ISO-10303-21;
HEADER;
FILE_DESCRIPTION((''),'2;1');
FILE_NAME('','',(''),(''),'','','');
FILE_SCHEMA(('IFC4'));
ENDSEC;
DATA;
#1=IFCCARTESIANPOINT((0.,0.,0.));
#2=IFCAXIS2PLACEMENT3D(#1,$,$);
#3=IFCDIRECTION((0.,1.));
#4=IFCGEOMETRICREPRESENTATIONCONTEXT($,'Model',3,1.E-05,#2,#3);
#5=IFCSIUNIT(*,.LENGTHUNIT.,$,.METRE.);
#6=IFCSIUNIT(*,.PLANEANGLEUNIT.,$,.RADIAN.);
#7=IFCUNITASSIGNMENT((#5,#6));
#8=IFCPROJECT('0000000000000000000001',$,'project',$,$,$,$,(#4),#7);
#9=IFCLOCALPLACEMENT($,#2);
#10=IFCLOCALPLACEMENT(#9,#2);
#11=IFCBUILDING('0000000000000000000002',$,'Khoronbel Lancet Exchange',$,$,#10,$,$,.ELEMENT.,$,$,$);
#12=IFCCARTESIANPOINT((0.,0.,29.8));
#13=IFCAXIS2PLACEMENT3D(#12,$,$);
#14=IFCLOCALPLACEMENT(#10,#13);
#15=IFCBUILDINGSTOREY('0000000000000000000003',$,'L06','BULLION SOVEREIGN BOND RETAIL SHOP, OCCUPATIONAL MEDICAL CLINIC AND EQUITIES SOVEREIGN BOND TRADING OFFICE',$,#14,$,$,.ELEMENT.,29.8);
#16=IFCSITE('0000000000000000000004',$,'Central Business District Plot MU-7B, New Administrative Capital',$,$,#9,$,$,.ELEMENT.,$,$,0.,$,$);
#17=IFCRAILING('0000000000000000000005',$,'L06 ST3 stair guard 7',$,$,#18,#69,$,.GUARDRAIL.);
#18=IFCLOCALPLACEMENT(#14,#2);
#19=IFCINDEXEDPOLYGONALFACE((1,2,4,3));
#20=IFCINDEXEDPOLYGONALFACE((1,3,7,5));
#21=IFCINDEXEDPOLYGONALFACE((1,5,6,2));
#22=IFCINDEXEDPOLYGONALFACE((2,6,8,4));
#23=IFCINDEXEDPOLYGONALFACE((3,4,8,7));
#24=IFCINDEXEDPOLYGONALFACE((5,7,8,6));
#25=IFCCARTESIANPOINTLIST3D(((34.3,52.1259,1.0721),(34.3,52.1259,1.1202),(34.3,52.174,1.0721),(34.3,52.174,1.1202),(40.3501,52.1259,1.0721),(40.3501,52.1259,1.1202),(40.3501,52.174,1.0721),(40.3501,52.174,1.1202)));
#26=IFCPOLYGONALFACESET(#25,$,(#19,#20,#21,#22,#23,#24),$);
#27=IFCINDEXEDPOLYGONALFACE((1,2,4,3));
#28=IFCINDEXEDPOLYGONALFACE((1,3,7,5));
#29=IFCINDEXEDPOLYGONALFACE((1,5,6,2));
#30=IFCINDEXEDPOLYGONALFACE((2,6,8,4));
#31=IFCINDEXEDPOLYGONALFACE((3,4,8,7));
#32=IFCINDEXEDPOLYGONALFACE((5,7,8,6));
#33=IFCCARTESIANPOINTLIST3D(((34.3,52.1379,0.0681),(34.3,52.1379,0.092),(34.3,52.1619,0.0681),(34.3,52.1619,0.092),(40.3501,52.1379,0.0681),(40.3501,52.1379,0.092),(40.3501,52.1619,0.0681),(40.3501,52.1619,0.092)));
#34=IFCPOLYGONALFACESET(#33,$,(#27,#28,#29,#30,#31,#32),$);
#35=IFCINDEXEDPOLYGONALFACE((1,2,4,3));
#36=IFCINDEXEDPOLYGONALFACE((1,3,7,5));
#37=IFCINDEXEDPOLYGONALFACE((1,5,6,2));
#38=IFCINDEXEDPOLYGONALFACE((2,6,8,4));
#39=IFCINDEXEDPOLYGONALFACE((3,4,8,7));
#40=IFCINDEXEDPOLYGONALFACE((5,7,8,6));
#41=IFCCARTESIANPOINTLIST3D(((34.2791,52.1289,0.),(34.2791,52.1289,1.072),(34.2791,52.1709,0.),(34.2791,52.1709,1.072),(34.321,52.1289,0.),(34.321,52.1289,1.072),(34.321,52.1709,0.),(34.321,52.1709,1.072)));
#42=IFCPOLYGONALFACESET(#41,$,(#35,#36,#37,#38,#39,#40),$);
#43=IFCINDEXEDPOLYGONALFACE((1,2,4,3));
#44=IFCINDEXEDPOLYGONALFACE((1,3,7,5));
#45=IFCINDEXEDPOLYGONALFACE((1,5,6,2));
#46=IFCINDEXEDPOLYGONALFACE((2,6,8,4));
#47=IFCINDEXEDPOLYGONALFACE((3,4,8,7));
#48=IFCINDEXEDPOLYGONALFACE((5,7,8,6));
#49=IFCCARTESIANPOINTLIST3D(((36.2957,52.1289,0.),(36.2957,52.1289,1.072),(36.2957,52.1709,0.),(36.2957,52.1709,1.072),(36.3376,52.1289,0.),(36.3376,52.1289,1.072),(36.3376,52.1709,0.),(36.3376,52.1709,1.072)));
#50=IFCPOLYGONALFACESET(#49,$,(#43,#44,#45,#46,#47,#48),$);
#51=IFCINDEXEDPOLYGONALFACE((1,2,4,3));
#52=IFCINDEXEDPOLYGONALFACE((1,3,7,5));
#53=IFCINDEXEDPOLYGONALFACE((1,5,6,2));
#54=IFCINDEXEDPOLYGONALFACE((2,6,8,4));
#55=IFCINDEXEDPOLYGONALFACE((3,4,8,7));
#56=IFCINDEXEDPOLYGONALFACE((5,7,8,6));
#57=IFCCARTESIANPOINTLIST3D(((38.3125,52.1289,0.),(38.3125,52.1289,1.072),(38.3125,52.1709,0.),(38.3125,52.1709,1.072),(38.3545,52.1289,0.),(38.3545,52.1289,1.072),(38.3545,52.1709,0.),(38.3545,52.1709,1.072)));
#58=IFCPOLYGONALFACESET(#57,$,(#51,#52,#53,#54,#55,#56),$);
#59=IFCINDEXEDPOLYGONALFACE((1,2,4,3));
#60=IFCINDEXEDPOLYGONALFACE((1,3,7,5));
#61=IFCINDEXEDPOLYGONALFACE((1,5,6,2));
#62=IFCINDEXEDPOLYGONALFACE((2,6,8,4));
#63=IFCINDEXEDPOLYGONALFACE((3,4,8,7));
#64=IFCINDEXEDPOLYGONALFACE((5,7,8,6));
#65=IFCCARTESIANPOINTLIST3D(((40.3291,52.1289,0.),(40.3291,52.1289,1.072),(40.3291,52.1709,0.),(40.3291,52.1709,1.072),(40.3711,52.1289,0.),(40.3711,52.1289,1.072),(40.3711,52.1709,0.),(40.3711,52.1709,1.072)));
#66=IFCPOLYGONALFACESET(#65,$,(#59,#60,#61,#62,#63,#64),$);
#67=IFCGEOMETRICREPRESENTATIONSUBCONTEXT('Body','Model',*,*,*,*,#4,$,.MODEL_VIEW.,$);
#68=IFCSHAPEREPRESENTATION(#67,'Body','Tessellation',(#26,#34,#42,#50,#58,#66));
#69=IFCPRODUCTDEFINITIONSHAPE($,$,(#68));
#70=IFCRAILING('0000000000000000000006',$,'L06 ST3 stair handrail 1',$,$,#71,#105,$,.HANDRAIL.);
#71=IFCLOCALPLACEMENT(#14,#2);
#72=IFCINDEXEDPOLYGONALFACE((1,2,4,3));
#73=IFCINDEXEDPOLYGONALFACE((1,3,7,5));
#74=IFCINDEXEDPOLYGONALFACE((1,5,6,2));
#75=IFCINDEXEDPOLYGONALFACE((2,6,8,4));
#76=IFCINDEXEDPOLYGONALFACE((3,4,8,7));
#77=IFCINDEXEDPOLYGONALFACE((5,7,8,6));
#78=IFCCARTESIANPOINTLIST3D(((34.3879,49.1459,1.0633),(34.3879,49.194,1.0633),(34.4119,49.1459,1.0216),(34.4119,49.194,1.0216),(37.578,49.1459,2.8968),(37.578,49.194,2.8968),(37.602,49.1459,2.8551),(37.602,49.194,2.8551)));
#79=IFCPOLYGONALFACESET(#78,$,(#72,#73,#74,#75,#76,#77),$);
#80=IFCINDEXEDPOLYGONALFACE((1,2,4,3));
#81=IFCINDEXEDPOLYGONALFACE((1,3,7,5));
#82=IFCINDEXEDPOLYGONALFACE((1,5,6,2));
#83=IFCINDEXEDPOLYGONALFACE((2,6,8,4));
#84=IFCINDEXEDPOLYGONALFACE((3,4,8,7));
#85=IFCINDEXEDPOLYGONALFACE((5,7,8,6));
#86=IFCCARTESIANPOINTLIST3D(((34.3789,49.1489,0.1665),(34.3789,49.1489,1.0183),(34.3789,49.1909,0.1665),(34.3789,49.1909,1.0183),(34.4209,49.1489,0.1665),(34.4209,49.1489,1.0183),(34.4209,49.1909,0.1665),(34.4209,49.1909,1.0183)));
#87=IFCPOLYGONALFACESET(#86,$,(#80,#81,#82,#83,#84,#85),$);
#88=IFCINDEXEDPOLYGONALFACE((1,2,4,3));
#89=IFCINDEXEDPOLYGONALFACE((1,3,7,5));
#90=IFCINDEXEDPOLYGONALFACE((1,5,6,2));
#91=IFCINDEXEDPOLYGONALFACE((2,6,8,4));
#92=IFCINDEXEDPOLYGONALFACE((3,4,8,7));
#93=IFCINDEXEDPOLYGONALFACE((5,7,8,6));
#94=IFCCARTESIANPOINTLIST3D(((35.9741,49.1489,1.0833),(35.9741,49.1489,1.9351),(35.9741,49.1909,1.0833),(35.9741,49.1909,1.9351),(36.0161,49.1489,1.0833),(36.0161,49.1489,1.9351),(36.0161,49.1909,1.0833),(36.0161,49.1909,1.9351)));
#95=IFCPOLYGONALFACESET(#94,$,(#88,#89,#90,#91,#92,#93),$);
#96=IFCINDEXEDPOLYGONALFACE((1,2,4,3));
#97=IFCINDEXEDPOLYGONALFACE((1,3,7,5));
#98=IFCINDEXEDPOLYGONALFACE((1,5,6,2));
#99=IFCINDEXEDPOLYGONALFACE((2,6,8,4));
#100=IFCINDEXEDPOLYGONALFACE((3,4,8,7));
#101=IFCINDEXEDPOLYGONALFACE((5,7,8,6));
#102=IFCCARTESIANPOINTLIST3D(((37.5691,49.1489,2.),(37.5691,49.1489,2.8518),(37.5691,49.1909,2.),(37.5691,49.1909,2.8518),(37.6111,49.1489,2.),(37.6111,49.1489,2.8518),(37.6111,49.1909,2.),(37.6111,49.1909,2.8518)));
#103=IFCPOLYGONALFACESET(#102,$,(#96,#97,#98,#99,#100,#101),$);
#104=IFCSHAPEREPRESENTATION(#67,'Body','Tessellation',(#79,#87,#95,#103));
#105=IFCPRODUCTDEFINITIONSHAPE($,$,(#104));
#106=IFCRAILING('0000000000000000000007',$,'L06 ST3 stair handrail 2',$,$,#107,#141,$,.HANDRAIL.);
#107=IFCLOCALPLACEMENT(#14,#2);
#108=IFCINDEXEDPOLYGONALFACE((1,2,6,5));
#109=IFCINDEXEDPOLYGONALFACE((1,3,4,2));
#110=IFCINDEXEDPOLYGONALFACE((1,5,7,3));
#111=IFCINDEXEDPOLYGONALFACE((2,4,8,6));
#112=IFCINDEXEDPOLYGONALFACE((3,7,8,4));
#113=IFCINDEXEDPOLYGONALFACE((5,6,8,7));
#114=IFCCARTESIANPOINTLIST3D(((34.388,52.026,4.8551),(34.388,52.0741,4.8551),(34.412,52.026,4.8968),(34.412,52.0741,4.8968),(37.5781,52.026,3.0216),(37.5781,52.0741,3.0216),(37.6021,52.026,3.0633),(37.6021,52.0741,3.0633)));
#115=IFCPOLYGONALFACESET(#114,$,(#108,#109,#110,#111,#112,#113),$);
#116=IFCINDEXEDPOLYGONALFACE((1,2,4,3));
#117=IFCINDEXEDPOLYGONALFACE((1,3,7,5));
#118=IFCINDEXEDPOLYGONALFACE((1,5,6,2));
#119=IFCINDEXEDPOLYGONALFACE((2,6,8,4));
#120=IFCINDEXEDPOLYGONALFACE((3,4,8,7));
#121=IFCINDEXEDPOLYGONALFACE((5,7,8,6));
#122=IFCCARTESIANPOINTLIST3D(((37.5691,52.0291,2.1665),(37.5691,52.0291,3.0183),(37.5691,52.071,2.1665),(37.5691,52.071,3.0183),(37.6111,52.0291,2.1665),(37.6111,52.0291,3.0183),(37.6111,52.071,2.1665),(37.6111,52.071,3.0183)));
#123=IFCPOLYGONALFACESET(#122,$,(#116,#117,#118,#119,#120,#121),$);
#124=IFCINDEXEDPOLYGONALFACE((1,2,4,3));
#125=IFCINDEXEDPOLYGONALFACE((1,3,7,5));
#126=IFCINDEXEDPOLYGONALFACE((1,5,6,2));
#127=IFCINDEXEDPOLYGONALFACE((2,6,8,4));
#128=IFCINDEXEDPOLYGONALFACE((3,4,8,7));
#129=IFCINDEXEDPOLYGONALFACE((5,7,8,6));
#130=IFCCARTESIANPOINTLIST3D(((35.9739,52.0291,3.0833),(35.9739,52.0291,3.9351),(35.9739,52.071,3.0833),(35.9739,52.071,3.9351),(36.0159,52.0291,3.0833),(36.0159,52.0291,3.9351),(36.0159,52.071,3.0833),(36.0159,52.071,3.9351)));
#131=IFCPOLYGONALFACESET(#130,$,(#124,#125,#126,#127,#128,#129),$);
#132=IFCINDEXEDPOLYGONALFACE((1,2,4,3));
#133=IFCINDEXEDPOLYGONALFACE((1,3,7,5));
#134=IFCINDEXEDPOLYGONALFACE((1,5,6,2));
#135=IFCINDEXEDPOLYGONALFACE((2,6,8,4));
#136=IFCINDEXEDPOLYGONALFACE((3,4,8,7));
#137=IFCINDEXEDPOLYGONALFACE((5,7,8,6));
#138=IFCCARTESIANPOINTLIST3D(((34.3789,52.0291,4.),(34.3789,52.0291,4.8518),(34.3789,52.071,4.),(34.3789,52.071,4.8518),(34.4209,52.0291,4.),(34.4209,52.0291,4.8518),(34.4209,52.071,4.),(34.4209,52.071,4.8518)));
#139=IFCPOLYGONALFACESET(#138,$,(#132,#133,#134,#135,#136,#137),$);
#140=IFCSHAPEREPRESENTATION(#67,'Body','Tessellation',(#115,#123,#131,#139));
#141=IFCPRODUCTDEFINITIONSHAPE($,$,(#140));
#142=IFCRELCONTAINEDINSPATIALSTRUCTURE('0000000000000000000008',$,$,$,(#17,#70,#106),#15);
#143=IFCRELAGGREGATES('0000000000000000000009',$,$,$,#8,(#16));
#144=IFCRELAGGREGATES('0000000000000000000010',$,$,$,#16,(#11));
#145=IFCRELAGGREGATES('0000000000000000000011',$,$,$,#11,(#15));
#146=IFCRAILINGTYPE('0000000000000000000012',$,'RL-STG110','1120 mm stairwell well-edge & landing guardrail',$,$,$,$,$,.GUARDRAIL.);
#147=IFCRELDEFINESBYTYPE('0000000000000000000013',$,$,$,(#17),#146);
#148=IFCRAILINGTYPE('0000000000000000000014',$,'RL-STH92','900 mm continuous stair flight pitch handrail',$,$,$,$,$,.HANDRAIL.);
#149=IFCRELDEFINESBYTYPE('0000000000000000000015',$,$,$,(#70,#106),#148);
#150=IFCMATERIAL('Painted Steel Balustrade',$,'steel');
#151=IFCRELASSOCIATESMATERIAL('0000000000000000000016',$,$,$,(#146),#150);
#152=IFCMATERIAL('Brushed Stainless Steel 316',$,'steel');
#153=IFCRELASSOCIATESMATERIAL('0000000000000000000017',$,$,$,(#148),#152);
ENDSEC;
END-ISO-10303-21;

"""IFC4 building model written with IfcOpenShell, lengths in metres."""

from ifc_helpers import new_model, si_unit, direction, frame, origin, origin_2d, place, context, subcontext, project, spatial, rectangle, extrude, material, type_object, element, save


model = new_model("IFC4")

# Units and contexts
model_context = context("Model", 3, precision=1e-05, world=origin(), true_north=direction((0.0, 1.0)))
body_context = subcontext(model_context, "Body", "Model", "MODEL_VIEW")
ifc_project = project(units=[si_unit("LENGTHUNIT", "METRE"), si_unit("PLANEANGLEUNIT", "RADIAN")], contexts=[model_context])

# Site, building, storey
site_placement = place(None, origin())
site = spatial("IfcSite", under=ifc_project, at=site_placement, Name="Central Business District Plot MU-7B, New Administrative Capital", CompositionType="ELEMENT", RefElevation=0.0)
building_placement = place(site_placement, origin())
building = spatial("IfcBuilding", under=site, at=building_placement, Name="Khoronbel Lancet Exchange", CompositionType="ELEMENT")
storey_placement = place(building_placement, frame((0.0, 0.0, 29.8)))
storey = spatial("IfcBuildingStorey", under=building, at=storey_placement, Name="L06", Description="BULLION SOVEREIGN BOND RETAIL SHOP, OCCUPATIONAL MEDICAL CLINIC AND EQUITIES SOVEREIGN BOND TRADING OFFICE", CompositionType="ELEMENT", Elevation=29.8)

# Railings
ifc_material_1 = material(Name="Painted Steel Balustrade", Category="steel")
railing_type_1 = type_object("IfcRailingType", Name="RL-STG110", Description="1120 mm stairwell well-edge & landing guardrail", PredefinedType="GUARDRAIL", material=ifc_material_1)
railing_1_placement = place(storey_placement, frame((34.3, 52.1499, 0.0)))
element("IfcRailing", 1, at=railing_1_placement, inside=storey, type_object=railing_type_1, Name="L06 ST3 stair guard 7", PredefinedType="GUARDRAIL", context=body_context, shape_type="SweptSolid", body=[
    extrude(rectangle(XDim=0.0481, YDim=0.0481, at=origin_2d()), frame((0.0, 0.0, 1.0962), z_axis=(1.0, 0.0, 0.0), x_axis=(0.0, 1.0, 0.0)), (0.0, 0.0, 1.0), 6.05),
    extrude(rectangle(XDim=0.0239, YDim=0.0239, at=origin_2d()), frame((0.0, 0.0, 0.0801), z_axis=(1.0, 0.0, 0.0), x_axis=(0.0, 1.0, 0.0)), (0.0, 0.0, 1.0), 6.05),
    extrude(rectangle(XDim=0.042, YDim=0.042, at=origin_2d()), origin(), (0.0, 0.0, 1.0), 1.072),
    extrude(rectangle(XDim=0.042, YDim=0.042, at=origin_2d()), frame((2.0166, 0.0, 0.0)), (0.0, 0.0, 1.0), 1.072),
    extrude(rectangle(XDim=0.042, YDim=0.042, at=origin_2d()), frame((4.0334, 0.0, 0.0)), (0.0, 0.0, 1.0), 1.072),
    extrude(rectangle(XDim=0.042, YDim=0.042, at=origin_2d()), frame((6.05, 0.0, 0.0)), (0.0, 0.0, 1.0), 1.072),
])
ifc_material_2 = material(Name="Brushed Stainless Steel 316", Category="steel")
railing_type_2 = type_object("IfcRailingType", Name="RL-STH92", Description="900 mm continuous stair flight pitch handrail", PredefinedType="HANDRAIL", material=ifc_material_2)
railing_2_placement = place(storey_placement, frame((34.3999, 49.1699, 0.1665)))
element("IfcRailing", 2, at=railing_2_placement, inside=storey, type_object=railing_type_2, Name="L06 ST3 stair handrail 1", PredefinedType="HANDRAIL", context=body_context, shape_type="SweptSolid", body=[
    extrude(rectangle(XDim=0.0481, YDim=0.0481, at=origin_2d()), frame((0.0, 0.0, 0.876), z_axis=(0.867007, 0.0, 0.498295), x_axis=(0.0, 1.0, 0.0)), (0.0, 0.0, 1.0), 3.6794),
    extrude(rectangle(XDim=0.042, YDim=0.042, at=origin_2d()), origin(), (0.0, 0.0, 1.0), 0.8518),
    extrude(rectangle(XDim=0.042, YDim=0.042, at=origin_2d()), frame((1.5952, 0.0, 0.9167)), (0.0, 0.0, 1.0), 0.8518),
    extrude(rectangle(XDim=0.042, YDim=0.042, at=origin_2d()), frame((3.1902, 0.0, 1.8335)), (0.0, 0.0, 1.0), 0.8518),
])
railing_3_placement = place(storey_placement, frame((37.5901, 52.05, 2.1665)))
element("IfcRailing", 3, at=railing_3_placement, inside=storey, type_object=railing_type_2, Name="L06 ST3 stair handrail 2", PredefinedType="HANDRAIL", context=body_context, shape_type="SweptSolid", body=[
    extrude(rectangle(XDim=0.0481, YDim=0.0481, at=origin_2d()), frame((0.0, 0.0, 0.876), z_axis=(-0.867007, 0.0, 0.498295), x_axis=(0.0, -1.0, 0.0)), (0.0, 0.0, 1.0), 3.6794),
    extrude(rectangle(XDim=0.042, YDim=0.042, at=origin_2d()), origin(), (0.0, 0.0, 1.0), 0.8518),
    extrude(rectangle(XDim=0.042, YDim=0.042, at=origin_2d()), frame((-1.5952, 0.0, 0.9167)), (0.0, 0.0, 1.0), 0.8518),
    extrude(rectangle(XDim=0.042, YDim=0.042, at=origin_2d()), frame((-3.1902, 0.0, 1.8335)), (0.0, 0.0, 1.0), 0.8518),
])

save(model, "model.ifc")
